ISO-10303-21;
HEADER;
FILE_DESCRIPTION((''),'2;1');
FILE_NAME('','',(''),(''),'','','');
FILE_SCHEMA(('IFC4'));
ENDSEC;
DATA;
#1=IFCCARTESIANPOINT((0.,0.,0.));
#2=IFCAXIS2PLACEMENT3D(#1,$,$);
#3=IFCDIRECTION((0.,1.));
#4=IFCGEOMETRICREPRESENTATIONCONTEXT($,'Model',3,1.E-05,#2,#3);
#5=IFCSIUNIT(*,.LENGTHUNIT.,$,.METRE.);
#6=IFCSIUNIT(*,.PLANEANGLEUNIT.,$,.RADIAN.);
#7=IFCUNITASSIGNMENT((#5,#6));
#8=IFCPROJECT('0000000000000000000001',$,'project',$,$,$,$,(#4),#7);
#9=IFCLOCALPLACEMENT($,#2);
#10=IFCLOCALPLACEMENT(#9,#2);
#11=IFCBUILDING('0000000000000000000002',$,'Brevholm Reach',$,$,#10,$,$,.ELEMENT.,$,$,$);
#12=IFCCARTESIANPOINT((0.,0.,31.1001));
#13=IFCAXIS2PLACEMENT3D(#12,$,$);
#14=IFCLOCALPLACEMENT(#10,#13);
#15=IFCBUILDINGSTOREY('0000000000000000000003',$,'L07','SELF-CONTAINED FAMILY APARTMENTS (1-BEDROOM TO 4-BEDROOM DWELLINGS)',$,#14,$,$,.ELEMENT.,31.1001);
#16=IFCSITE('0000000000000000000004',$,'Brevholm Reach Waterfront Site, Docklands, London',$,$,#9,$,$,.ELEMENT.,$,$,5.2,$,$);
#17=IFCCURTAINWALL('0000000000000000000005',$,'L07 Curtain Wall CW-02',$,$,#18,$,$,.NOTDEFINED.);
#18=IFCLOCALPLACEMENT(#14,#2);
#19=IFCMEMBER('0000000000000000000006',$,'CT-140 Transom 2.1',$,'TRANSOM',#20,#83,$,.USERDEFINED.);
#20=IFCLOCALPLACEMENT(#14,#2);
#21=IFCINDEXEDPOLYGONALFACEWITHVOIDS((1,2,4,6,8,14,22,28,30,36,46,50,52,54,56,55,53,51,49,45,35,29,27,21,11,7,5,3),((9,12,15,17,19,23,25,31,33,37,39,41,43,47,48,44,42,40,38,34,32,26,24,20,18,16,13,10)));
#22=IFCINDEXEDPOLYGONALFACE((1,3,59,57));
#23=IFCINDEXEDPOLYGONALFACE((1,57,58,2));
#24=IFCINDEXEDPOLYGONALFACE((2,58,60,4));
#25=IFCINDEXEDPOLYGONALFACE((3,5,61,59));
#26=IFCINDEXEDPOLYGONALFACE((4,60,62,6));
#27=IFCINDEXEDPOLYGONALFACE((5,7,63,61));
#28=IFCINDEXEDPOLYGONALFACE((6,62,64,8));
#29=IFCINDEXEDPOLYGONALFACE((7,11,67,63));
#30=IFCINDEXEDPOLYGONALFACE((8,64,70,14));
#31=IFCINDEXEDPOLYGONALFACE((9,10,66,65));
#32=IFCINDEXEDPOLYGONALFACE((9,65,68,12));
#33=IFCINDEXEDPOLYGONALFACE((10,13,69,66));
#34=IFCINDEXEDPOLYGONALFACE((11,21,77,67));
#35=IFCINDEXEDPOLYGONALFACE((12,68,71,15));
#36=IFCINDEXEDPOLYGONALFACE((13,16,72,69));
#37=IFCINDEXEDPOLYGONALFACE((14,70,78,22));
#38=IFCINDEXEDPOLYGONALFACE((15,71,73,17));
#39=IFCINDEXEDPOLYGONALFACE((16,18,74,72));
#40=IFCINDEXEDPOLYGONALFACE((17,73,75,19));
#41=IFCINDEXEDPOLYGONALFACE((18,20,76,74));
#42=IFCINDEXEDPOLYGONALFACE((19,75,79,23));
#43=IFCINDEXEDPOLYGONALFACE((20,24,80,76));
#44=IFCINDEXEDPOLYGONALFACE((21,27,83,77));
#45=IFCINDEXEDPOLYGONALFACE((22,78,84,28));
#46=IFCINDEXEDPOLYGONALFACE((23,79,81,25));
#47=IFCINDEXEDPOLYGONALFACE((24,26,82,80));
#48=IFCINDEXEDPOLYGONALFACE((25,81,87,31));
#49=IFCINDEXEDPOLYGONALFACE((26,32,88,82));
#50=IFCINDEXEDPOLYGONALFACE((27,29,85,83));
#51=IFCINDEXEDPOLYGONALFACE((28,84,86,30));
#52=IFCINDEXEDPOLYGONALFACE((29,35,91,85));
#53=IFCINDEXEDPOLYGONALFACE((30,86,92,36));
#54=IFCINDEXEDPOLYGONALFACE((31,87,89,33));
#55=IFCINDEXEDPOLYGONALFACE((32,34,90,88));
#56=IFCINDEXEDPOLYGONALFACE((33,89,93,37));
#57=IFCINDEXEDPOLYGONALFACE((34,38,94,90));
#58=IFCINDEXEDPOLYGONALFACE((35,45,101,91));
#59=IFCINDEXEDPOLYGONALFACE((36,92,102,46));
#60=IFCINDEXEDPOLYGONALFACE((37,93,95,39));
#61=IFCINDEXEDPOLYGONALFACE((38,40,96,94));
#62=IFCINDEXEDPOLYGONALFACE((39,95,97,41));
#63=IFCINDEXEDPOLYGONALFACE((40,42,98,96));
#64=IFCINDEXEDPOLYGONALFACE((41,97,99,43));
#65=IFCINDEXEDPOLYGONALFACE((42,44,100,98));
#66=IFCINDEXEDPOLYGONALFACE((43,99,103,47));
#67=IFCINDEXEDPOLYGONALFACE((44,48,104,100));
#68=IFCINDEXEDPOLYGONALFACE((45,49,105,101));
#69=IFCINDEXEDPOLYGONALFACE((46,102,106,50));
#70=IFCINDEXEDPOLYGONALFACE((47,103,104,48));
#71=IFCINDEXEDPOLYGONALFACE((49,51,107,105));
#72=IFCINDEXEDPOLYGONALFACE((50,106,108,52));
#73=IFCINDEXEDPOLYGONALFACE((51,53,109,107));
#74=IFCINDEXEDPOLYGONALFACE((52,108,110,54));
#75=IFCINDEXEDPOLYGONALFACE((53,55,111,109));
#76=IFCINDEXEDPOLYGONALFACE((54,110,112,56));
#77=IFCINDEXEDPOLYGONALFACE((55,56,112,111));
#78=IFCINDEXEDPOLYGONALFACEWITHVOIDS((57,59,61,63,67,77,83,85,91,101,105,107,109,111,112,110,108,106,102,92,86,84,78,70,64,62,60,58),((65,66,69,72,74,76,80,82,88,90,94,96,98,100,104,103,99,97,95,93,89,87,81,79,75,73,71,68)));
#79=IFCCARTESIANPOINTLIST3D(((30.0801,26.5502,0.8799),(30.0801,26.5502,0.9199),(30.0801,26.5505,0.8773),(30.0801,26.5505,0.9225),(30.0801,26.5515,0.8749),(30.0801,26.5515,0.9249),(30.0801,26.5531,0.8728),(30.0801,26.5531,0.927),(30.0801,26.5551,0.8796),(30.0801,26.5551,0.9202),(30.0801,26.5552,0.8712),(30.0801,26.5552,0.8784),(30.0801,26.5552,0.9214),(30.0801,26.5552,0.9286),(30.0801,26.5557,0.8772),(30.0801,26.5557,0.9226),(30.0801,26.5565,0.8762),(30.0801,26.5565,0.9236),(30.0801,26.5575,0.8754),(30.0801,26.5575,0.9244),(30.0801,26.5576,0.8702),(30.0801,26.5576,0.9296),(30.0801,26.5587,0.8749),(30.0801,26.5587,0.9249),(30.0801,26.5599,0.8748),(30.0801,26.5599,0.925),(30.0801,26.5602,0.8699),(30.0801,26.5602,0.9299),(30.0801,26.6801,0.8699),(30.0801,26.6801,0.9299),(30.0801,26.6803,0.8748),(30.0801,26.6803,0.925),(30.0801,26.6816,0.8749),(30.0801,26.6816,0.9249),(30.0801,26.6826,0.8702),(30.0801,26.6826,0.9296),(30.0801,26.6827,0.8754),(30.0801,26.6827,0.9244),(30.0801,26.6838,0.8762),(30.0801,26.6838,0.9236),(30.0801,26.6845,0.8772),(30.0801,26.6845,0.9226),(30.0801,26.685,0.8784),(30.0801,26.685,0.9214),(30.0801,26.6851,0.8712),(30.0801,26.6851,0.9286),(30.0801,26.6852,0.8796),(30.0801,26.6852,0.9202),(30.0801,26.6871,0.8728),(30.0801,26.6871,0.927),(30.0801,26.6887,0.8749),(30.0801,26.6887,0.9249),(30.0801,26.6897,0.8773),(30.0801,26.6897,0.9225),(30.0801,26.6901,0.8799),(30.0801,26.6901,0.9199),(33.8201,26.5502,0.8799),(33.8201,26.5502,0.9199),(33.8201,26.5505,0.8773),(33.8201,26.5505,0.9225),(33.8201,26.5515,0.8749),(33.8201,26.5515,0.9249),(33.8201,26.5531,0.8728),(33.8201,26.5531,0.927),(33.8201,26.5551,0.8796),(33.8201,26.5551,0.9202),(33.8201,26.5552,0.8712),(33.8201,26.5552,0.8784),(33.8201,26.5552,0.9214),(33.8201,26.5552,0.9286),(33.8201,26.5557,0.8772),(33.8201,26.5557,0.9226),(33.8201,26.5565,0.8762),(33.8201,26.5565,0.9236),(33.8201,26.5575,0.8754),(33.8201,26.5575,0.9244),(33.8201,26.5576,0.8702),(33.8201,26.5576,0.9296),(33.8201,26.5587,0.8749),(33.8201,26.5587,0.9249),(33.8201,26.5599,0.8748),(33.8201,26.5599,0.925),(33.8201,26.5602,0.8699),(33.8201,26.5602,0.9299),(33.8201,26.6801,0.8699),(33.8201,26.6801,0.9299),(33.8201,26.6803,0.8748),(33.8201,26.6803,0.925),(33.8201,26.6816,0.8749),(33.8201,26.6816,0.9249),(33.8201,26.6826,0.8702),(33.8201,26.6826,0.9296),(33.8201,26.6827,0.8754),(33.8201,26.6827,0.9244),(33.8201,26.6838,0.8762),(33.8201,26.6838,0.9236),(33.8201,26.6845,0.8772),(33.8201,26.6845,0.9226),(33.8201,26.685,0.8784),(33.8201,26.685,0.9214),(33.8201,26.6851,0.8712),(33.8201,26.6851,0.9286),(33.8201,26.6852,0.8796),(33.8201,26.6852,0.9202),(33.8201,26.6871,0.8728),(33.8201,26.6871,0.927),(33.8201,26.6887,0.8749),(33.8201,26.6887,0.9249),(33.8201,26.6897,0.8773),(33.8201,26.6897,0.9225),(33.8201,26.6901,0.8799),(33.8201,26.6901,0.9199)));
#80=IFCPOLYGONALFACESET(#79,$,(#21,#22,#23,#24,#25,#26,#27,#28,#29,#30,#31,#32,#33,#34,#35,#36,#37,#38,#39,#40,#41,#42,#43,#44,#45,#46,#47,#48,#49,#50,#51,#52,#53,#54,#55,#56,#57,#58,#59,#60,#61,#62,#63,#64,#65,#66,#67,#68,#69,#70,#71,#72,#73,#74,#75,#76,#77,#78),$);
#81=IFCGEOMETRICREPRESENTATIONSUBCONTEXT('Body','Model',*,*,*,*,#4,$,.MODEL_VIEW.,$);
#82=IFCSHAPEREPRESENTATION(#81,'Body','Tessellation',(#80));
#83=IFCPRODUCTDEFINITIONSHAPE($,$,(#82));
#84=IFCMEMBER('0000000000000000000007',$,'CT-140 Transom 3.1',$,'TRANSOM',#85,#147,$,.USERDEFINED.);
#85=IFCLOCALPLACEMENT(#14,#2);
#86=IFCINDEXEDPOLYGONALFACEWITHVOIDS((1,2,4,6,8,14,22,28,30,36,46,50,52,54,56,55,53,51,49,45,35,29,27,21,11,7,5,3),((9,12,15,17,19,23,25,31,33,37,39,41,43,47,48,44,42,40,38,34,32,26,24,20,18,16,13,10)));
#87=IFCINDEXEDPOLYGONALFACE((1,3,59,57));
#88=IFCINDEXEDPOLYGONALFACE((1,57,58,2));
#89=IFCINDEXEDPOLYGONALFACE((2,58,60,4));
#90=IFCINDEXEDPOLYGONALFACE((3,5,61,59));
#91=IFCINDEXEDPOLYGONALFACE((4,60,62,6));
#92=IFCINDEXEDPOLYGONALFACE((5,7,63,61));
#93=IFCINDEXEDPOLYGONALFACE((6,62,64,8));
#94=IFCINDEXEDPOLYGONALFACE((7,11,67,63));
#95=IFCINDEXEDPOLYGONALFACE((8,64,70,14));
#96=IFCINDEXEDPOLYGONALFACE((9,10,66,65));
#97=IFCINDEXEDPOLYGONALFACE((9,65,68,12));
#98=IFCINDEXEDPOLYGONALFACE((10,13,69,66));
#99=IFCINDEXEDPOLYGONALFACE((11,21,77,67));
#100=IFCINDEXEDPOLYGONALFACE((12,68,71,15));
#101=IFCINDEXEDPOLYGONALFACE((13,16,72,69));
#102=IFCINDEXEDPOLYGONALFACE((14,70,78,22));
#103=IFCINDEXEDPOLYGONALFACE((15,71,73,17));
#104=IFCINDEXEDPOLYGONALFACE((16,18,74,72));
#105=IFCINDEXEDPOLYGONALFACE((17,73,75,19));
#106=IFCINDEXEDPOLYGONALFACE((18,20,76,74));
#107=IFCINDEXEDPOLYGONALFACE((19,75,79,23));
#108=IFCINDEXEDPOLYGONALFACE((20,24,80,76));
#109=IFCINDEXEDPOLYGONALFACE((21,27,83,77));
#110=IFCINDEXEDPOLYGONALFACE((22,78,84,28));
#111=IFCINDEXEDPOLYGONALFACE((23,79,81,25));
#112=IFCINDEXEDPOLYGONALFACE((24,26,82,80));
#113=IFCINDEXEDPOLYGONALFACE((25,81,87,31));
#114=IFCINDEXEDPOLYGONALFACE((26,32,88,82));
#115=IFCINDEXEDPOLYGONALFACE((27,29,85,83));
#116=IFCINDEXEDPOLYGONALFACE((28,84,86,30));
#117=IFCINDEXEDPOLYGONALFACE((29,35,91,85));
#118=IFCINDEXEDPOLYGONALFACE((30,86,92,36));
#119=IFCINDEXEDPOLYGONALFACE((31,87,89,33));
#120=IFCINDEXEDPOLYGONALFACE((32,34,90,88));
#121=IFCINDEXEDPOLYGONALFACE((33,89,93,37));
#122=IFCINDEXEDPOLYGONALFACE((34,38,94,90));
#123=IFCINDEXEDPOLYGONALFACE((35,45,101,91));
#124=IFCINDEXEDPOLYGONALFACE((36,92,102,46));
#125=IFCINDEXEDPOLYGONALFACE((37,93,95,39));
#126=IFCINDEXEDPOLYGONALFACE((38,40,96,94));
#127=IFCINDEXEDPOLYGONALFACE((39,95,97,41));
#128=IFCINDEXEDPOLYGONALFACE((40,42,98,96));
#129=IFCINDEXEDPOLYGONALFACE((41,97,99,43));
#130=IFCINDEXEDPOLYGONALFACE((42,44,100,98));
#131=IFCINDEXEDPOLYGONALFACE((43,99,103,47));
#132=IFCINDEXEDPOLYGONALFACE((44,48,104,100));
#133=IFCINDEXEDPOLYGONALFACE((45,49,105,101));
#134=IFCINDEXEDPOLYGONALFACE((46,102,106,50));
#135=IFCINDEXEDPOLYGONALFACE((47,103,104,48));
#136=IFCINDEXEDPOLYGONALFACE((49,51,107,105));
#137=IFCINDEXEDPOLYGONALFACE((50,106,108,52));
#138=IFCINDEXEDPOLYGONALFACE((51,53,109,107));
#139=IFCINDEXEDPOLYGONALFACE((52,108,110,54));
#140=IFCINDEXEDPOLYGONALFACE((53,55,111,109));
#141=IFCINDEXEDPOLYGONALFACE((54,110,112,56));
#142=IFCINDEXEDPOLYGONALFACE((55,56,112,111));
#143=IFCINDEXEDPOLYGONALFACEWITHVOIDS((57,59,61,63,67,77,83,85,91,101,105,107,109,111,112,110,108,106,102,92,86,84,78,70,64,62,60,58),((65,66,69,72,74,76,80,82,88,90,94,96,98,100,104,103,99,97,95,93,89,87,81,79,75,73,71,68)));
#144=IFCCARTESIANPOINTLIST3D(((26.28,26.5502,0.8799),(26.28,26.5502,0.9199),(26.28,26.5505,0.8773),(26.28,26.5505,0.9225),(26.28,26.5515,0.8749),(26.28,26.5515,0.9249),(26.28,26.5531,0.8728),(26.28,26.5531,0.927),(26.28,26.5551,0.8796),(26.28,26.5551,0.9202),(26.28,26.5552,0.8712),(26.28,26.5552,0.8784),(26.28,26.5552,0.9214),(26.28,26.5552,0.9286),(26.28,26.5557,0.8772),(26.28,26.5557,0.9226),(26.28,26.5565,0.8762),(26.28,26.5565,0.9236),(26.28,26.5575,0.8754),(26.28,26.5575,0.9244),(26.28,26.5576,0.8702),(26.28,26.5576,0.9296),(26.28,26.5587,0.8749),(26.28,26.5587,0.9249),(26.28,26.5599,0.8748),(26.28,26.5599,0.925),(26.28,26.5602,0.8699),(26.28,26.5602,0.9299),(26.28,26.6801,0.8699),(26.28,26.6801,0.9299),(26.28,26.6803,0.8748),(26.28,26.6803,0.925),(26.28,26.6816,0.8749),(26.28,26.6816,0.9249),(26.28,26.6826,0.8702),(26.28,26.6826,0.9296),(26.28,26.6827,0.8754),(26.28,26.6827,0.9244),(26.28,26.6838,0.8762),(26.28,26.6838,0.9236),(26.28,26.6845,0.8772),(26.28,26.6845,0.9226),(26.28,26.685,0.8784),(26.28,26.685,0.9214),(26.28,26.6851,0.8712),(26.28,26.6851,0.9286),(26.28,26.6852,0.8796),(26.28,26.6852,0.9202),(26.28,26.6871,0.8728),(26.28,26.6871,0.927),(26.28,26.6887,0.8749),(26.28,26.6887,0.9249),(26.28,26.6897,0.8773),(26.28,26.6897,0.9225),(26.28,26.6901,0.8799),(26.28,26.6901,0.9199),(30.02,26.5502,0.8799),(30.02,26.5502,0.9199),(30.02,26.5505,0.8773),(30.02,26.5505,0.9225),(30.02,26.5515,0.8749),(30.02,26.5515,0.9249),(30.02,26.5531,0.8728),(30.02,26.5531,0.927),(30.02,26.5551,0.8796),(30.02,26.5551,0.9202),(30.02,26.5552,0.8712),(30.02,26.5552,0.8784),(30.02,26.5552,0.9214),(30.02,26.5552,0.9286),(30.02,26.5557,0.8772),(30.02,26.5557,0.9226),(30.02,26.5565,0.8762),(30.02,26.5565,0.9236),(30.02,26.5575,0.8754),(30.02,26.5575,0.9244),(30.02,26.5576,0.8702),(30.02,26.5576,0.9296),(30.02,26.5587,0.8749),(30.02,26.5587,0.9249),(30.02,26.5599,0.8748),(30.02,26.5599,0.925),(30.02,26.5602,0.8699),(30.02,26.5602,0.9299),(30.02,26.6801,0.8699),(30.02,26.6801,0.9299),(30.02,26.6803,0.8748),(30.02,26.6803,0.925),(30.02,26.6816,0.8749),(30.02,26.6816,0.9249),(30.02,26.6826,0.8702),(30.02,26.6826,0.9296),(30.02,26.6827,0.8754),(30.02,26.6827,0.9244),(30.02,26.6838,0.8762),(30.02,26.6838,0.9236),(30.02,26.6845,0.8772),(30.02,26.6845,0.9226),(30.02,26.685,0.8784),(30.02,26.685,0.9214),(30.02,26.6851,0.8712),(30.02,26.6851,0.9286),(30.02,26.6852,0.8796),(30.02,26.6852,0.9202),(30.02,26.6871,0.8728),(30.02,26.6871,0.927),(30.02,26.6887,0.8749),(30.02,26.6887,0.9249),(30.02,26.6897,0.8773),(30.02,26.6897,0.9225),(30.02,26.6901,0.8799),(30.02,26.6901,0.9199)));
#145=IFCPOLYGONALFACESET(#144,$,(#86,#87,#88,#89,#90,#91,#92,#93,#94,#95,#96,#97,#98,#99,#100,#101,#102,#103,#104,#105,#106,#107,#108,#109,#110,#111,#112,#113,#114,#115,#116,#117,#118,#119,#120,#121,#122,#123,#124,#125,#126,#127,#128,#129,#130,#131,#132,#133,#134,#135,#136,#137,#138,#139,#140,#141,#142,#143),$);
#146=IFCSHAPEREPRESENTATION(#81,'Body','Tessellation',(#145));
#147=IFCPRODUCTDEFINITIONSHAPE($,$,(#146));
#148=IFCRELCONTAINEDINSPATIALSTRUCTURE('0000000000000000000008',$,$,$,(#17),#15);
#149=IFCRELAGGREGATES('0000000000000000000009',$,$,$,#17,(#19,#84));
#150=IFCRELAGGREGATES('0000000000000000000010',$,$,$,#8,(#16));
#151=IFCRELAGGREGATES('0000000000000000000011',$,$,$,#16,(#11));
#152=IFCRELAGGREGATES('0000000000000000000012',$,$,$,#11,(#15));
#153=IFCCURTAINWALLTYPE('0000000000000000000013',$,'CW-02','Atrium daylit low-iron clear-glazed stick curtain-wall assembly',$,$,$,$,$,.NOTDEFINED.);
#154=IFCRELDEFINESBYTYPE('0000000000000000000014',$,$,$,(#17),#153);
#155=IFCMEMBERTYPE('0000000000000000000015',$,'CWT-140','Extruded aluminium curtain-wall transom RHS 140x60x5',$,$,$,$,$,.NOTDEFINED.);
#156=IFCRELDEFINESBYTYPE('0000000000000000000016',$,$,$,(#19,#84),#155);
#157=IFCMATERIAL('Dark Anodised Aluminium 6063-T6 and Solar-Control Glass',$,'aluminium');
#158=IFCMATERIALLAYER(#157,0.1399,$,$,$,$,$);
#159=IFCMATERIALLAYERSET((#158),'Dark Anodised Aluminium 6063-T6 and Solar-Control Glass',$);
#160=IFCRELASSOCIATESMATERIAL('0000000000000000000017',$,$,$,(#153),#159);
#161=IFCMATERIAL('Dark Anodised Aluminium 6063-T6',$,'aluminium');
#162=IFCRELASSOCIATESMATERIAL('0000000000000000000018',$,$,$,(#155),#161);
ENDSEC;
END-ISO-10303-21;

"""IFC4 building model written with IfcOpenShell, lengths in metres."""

from ifc_helpers import new_model, si_unit, direction, frame, origin, origin_2d, place, context, subcontext, project, spatial, hollow_rectangle, extrude, material, layer, layer_set, material_profile, profile_set, type_object, element, aggregate, save


model = new_model("IFC4")

# Units and contexts
model_context = context("Model", 3, precision=1e-05, world=origin(), true_north=direction((0.0, 1.0)))
body_context = subcontext(model_context, "Body", "Model", "MODEL_VIEW")
ifc_project = project(units=[si_unit("LENGTHUNIT", "METRE"), si_unit("PLANEANGLEUNIT", "RADIAN")], contexts=[model_context])

# Site, building, storey
site_placement = place(None, origin())
site = spatial("IfcSite", under=ifc_project, at=site_placement, Name="Brevholm Reach Waterfront Site, Docklands, London", CompositionType="ELEMENT", RefElevation=5.2)
building_placement = place(site_placement, origin())
building = spatial("IfcBuilding", under=site, at=building_placement, Name="Brevholm Reach", CompositionType="ELEMENT")
storey_placement = place(building_placement, frame((0.0, 0.0, 31.1001)))
storey = spatial("IfcBuildingStorey", under=building, at=storey_placement, Name="L07", Description="SELF-CONTAINED FAMILY APARTMENTS (1-BEDROOM TO 4-BEDROOM DWELLINGS)", CompositionType="ELEMENT", Elevation=31.1001)

# Curtain wall
ifc_material_1 = material(Name="Dark Anodised Aluminium 6063-T6 and Solar-Control Glass", Category="aluminium")
ifc_layer_1 = layer(ifc_material_1, 0.1399)
ifc_layer_set_1 = layer_set([ifc_layer_1], Name="Dark Anodised Aluminium 6063-T6 and Solar-Control Glass")
curtain_wall_type_1 = type_object("IfcCurtainWallType", Name="CW-02", Description="Atrium daylit low-iron clear-glazed stick curtain-wall assembly", PredefinedType="NOTDEFINED", material=ifc_layer_set_1)
curtain_wall_1_placement = place(storey_placement, origin())
curtain_wall_1 = element("IfcCurtainWall", 1, at=curtain_wall_1_placement, inside=storey, type_object=curtain_wall_type_1, Name="L07 Curtain Wall CW-02", PredefinedType="NOTDEFINED")

# Members
ifc_material_2 = material(Name="Dark Anodised Aluminium 6063-T6", Category="aluminium")
ifc_material_profile_1 = material_profile(ifc_material_2, hollow_rectangle(XDim=0.0601, YDim=0.1399, WallThickness=0.0049, InnerFilletRadius=0.0049, OuterFilletRadius=0.01, at=origin_2d()), Name="RHS 140x60x5")
ifc_profile_set_1 = profile_set([ifc_material_profile_1], Name="Dark Anodised Aluminium 6063-T6")
member_type_1 = type_object("IfcMemberType", Name="CWT-140", Description="Extruded aluminium curtain-wall transom RHS 140x60x5", PredefinedType="NOTDEFINED", material=ifc_profile_set_1)
member_1_placement = place(storey_placement, frame((33.8201, 26.6201, 0.8999), z_axis=(-1.0, 0.0, 0.0), x_axis=(0.0, 0.0, 1.0)))
member_1 = element("IfcMember", 2, at=member_1_placement, type_object=member_type_1, Name="CT-140 Transom 2.1", ObjectType="TRANSOM", PredefinedType="USERDEFINED", context=body_context, shape_type="SweptSolid", body=[
    extrude(hollow_rectangle(XDim=0.0601, YDim=0.1399, WallThickness=0.0049, InnerFilletRadius=0.0049, OuterFilletRadius=0.01, at=origin_2d()), origin(), (0.0, 0.0, 1.0), 3.74),
])
member_2_placement = place(storey_placement, frame((30.02, 26.6201, 0.8999), z_axis=(-1.0, 0.0, 0.0), x_axis=(0.0, 0.0, 1.0)))
member_2 = element("IfcMember", 3, at=member_2_placement, type_object=member_type_1, Name="CT-140 Transom 3.1", ObjectType="TRANSOM", PredefinedType="USERDEFINED", context=body_context, shape_type="SweptSolid", body=[
    extrude(hollow_rectangle(XDim=0.0601, YDim=0.1399, WallThickness=0.0049, InnerFilletRadius=0.0049, OuterFilletRadius=0.01, at=origin_2d()), origin(), (0.0, 0.0, 1.0), 3.74),
])

aggregate(curtain_wall_1, [member_1, member_2])

save(model, "model.ifc")
